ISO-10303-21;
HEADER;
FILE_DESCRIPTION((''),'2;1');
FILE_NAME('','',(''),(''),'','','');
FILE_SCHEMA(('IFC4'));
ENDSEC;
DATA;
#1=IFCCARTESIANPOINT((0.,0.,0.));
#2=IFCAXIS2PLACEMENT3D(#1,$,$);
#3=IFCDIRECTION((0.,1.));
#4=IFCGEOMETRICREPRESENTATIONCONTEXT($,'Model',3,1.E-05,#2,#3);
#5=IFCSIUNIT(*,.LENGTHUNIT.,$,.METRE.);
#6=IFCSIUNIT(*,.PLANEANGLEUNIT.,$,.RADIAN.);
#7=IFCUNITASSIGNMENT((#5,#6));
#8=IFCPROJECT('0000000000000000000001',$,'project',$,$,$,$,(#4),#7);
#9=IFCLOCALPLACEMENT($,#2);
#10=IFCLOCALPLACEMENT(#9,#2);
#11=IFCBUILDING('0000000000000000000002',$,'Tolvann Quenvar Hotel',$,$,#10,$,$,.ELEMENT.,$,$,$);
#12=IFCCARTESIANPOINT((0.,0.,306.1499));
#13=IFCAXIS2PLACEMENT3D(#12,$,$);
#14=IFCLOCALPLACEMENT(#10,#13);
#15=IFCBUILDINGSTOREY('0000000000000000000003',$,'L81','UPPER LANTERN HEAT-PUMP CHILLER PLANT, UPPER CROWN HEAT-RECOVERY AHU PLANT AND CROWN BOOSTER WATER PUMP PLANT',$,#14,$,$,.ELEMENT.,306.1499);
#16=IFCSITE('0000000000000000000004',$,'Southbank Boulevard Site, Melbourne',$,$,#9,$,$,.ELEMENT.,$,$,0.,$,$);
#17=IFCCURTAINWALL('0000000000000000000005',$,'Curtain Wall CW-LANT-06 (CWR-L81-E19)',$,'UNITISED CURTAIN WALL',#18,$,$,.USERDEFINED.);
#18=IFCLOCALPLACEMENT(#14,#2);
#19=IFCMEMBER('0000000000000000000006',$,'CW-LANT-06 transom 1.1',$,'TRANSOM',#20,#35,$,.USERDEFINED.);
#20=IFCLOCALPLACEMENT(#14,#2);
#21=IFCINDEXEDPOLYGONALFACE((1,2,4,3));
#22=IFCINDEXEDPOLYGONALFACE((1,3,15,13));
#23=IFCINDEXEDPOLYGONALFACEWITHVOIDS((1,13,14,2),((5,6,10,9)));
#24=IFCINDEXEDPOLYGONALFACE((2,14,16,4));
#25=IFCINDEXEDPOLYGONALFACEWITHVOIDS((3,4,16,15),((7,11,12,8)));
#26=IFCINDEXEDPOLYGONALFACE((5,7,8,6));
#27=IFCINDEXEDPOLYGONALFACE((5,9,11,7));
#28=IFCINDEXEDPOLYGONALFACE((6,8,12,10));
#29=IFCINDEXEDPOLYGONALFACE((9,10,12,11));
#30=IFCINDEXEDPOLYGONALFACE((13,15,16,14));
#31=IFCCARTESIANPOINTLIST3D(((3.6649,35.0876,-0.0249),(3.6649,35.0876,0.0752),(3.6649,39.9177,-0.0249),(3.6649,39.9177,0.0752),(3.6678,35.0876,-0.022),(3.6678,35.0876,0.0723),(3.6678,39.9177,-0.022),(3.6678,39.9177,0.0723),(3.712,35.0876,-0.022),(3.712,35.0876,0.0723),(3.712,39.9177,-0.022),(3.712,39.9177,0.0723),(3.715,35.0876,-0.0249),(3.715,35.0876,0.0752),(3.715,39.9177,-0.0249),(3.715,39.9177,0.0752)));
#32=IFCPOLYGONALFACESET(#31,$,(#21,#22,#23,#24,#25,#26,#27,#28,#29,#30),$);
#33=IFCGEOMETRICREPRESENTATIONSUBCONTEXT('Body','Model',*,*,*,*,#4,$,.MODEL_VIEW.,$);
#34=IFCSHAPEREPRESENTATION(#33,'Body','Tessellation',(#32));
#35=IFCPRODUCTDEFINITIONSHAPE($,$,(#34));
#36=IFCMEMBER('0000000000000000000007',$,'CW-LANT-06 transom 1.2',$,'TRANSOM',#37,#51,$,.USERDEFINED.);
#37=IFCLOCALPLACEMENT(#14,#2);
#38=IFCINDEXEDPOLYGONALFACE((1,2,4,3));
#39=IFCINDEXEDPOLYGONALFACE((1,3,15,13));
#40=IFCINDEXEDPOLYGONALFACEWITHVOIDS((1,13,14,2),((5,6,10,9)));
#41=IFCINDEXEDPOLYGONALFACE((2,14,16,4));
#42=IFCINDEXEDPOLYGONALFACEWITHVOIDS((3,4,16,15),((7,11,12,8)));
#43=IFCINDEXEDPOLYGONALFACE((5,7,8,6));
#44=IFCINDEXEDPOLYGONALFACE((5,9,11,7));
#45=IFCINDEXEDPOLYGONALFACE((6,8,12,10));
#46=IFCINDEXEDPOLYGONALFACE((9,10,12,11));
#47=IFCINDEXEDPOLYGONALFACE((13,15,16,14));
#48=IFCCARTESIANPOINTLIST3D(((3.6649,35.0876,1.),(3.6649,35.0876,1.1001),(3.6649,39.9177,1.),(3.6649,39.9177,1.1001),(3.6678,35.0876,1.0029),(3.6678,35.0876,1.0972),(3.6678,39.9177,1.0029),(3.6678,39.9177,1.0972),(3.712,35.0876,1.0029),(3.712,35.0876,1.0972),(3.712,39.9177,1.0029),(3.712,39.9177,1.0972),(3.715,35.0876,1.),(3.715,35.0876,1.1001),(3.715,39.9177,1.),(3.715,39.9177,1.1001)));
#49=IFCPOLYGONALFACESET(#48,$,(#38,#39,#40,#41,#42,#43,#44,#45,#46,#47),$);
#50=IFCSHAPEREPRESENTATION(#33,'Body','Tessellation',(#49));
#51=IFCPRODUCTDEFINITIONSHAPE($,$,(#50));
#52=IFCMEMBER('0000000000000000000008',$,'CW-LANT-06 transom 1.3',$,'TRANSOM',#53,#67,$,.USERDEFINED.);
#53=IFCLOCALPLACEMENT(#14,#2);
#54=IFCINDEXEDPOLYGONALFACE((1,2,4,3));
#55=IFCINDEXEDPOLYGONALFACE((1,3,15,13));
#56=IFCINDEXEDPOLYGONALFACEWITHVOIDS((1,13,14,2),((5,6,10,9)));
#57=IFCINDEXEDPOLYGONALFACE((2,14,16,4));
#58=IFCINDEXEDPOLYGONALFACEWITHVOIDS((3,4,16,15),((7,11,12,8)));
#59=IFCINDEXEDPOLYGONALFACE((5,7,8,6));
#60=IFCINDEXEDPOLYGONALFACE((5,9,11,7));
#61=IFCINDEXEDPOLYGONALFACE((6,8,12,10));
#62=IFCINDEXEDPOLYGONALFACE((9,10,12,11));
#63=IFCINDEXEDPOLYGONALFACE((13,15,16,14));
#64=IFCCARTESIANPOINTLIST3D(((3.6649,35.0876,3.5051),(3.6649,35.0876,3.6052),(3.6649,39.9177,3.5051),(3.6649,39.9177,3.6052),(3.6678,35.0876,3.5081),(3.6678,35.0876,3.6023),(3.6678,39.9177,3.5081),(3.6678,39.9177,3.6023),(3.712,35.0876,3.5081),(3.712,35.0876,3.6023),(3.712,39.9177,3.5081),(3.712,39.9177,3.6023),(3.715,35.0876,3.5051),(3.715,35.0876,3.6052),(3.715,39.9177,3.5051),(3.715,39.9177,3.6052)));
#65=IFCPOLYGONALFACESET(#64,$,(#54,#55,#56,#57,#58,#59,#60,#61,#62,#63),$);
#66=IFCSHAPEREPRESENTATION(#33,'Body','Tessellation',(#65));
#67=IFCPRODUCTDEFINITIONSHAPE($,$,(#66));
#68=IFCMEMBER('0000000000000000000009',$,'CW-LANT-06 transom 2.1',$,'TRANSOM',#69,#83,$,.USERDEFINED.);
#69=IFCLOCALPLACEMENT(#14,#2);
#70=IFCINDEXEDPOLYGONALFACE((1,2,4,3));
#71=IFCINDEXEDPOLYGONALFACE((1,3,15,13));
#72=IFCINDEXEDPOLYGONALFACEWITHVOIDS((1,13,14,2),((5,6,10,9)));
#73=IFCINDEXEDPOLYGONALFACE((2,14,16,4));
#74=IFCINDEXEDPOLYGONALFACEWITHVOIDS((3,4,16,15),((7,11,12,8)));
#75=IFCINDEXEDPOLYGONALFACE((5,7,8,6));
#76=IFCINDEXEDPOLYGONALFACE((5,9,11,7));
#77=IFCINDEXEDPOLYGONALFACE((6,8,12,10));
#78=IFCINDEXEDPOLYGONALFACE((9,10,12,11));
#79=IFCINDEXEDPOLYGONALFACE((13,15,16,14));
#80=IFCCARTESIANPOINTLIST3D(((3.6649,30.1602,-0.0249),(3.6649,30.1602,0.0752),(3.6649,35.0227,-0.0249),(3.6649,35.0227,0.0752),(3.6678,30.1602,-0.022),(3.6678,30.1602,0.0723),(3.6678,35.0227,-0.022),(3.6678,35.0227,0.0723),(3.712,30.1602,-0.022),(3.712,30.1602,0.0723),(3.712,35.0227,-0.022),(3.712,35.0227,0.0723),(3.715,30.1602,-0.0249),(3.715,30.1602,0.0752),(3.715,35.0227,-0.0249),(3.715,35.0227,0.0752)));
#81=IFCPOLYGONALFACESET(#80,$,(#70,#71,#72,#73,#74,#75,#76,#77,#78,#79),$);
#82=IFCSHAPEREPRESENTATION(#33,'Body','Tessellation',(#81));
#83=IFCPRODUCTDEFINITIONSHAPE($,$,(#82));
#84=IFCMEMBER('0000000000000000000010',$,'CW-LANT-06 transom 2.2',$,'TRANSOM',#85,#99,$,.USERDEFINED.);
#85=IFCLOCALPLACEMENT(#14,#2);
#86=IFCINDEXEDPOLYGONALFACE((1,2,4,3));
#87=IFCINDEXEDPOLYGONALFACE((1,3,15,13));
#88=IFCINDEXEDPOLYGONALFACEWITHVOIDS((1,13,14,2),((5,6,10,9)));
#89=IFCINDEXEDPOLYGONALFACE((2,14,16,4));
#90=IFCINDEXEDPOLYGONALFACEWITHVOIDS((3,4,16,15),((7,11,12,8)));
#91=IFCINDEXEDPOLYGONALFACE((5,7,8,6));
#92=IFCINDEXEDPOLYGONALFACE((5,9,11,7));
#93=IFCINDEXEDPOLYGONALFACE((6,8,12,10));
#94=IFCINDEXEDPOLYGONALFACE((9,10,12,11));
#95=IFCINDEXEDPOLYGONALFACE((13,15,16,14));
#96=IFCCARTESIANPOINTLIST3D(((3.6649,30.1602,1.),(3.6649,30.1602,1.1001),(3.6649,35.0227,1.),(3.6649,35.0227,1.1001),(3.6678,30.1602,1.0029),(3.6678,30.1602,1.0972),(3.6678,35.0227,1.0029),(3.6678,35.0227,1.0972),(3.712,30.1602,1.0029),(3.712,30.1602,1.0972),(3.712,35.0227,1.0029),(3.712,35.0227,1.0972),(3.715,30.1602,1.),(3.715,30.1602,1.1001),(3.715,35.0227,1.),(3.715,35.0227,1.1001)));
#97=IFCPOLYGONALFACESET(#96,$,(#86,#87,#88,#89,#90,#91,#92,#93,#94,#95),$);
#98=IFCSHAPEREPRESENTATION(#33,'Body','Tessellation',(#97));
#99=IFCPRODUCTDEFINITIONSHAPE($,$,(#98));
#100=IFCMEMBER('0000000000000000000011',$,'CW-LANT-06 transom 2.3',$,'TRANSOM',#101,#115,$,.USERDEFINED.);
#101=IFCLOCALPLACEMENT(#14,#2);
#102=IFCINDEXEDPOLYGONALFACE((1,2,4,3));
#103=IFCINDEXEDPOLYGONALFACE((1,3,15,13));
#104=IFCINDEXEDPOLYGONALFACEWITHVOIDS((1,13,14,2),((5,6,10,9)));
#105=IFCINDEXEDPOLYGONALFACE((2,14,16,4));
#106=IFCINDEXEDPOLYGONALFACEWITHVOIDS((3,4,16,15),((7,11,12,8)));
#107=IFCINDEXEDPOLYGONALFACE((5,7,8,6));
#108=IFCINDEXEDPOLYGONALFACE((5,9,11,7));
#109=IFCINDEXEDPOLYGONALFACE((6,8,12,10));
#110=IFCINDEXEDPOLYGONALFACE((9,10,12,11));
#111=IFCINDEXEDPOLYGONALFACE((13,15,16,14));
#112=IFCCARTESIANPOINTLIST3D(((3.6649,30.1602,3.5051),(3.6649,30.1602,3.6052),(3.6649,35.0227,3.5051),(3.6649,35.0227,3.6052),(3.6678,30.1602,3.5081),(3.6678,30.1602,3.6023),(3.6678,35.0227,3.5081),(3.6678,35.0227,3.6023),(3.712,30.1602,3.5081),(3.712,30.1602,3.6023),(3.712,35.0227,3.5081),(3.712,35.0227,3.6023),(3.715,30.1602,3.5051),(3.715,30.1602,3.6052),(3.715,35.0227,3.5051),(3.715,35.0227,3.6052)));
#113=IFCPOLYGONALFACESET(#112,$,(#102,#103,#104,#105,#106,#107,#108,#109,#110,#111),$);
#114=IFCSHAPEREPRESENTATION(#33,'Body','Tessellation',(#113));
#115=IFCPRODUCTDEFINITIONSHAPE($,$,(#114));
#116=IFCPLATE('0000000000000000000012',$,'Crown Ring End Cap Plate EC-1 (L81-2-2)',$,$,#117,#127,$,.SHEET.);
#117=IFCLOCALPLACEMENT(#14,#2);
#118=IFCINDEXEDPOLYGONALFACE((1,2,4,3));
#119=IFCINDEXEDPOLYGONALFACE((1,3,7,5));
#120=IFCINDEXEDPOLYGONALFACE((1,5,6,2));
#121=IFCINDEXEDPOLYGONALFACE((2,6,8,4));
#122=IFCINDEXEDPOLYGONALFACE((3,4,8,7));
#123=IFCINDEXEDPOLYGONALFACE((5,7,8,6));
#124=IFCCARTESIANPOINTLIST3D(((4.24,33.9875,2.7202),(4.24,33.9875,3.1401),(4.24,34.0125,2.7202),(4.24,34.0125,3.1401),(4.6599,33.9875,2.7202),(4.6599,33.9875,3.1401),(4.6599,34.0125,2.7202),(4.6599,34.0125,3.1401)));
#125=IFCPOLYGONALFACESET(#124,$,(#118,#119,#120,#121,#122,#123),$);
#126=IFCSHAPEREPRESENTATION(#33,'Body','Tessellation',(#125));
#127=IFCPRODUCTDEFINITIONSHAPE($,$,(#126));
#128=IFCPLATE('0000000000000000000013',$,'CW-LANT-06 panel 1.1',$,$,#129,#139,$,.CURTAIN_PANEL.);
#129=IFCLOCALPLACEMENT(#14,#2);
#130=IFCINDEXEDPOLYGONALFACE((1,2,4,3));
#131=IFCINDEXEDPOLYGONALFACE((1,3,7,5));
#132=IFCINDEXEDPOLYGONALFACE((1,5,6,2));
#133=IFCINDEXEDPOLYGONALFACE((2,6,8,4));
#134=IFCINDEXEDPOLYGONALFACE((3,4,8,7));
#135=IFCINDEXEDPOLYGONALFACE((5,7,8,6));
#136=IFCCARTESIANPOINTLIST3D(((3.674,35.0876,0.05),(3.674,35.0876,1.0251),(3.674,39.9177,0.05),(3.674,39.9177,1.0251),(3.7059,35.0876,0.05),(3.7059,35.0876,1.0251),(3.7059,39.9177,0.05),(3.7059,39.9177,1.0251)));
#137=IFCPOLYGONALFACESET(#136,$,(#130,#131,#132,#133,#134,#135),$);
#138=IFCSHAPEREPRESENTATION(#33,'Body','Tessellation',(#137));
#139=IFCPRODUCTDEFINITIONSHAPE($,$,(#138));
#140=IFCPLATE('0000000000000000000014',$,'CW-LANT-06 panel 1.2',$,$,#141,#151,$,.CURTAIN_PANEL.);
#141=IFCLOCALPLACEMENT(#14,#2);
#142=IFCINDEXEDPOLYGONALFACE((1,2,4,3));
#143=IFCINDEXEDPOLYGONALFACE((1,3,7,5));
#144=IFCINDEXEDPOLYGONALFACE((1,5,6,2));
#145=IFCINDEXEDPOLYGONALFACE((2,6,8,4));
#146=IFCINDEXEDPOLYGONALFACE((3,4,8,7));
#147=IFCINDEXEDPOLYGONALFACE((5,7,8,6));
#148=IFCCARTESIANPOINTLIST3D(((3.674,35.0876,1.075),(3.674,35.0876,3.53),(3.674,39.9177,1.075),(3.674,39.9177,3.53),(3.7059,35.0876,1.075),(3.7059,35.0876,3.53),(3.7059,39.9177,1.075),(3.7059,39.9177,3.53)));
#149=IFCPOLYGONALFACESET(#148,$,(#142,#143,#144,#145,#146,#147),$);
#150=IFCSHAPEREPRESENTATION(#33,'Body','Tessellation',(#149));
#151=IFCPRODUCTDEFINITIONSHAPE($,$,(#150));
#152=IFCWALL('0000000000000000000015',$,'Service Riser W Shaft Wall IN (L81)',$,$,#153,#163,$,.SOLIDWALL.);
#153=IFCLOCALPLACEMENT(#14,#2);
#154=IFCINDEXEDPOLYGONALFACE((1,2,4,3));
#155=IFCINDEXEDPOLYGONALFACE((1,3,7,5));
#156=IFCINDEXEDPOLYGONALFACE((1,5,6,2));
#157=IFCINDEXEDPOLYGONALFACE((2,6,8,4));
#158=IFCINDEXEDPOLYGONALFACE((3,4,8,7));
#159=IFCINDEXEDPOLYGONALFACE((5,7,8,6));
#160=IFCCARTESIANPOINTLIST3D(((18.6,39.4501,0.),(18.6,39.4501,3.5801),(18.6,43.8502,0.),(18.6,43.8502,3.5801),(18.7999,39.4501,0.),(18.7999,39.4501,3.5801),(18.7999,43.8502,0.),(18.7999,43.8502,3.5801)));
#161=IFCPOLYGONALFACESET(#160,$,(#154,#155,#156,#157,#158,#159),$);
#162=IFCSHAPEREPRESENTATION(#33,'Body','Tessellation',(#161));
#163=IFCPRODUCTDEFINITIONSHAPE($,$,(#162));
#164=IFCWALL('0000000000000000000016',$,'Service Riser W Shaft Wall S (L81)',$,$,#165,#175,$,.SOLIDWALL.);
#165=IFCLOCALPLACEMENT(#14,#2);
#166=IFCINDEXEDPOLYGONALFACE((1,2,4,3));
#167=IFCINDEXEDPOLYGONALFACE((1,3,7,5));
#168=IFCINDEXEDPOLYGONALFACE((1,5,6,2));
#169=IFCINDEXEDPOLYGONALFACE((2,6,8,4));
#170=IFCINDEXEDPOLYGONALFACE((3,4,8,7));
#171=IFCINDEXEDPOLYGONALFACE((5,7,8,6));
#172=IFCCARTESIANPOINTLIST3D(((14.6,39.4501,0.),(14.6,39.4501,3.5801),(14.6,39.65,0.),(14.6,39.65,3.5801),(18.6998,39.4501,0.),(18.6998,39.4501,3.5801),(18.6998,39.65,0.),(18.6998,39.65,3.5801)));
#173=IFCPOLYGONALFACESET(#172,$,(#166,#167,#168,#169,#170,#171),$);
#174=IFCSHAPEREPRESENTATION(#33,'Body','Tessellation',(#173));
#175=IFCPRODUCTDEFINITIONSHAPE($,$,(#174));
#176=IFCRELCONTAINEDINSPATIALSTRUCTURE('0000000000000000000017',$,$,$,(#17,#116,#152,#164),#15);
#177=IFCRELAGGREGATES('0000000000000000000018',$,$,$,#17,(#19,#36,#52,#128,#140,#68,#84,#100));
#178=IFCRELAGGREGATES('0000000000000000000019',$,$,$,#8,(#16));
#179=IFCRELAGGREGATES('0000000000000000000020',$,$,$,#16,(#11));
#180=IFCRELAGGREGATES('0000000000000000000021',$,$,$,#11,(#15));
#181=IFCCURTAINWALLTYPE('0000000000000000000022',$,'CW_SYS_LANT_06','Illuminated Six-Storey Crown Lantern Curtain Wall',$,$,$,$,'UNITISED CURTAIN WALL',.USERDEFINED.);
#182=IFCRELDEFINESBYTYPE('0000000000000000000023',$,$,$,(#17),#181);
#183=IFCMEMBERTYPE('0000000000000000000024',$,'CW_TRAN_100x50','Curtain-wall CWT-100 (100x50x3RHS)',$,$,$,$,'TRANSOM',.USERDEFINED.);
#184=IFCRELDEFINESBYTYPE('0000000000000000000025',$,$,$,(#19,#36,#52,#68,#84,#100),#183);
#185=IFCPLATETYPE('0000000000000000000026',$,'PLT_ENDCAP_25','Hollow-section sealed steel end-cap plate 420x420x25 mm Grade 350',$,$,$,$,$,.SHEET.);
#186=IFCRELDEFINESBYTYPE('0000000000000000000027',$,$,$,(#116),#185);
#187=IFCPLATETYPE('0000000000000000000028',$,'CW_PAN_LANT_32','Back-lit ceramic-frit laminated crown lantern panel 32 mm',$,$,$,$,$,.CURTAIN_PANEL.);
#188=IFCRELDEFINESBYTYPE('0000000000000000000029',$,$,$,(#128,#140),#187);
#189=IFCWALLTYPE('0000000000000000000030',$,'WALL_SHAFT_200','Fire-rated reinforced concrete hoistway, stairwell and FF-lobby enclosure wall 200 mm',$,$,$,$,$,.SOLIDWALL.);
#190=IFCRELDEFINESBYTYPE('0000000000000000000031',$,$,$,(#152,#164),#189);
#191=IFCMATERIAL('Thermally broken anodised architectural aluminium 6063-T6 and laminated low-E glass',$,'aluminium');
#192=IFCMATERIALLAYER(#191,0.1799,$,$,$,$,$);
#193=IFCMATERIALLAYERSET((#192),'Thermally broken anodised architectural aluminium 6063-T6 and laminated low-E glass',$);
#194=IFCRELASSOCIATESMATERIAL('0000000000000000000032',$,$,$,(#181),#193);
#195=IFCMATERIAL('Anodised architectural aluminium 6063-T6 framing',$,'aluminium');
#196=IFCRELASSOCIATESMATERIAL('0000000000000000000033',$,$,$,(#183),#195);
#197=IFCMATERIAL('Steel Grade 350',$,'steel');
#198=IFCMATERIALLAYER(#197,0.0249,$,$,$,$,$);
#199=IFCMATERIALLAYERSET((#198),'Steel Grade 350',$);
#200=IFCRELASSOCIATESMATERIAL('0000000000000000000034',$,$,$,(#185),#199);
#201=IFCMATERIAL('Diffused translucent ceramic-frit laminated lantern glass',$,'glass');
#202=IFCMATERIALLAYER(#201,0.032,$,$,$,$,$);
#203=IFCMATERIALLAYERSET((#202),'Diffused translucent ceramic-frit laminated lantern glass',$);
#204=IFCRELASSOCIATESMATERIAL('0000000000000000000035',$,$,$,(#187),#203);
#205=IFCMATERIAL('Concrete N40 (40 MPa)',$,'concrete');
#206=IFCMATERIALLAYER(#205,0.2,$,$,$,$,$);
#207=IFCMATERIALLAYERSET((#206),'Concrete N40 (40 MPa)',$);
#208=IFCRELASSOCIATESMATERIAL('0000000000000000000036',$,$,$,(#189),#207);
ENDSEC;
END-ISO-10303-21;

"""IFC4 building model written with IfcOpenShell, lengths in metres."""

from ifc_helpers import new_model, si_unit, direction, frame, frame_2d, origin, origin_2d, place, context, subcontext, project, spatial, rectangle, hollow_rectangle, extrude, source, transform, mapped, material, layer, layer_set, material_profile, profile_set, type_object, type_shapes, element, aggregate, save


model = new_model("IFC4")

# Units and contexts
model_context = context("Model", 3, precision=1e-05, world=origin(), true_north=direction((0.0, 1.0)))
body_context = subcontext(model_context, "Body", "Model", "MODEL_VIEW")
ifc_project = project(units=[si_unit("LENGTHUNIT", "METRE"), si_unit("PLANEANGLEUNIT", "RADIAN")], contexts=[model_context])

# Site, building, storey
site_placement = place(None, origin())
site = spatial("IfcSite", under=ifc_project, at=site_placement, Name="Southbank Boulevard Site, Melbourne", CompositionType="ELEMENT", RefElevation=0.0)
building_placement = place(site_placement, origin())
building = spatial("IfcBuilding", under=site, at=building_placement, Name="Tolvann Quenvar Hotel", CompositionType="ELEMENT")
storey_placement = place(building_placement, frame((0.0, 0.0, 306.1499)))
storey = spatial("IfcBuildingStorey", under=building, at=storey_placement, Name="L81", Description="UPPER LANTERN HEAT-PUMP CHILLER PLANT, UPPER CROWN HEAT-RECOVERY AHU PLANT AND CROWN BOOSTER WATER PUMP PLANT", CompositionType="ELEMENT", Elevation=306.1499)

# Shared definitions
ifc_material_1 = material(Name="Steel Grade 350", Category="steel")

# Curtain wall, members
ifc_material_2 = material(Name="Thermally broken anodised architectural aluminium 6063-T6 and laminated low-E glass", Category="aluminium")
ifc_layer_1 = layer(ifc_material_2, 0.1799)
ifc_layer_set_1 = layer_set([ifc_layer_1], Name="Thermally broken anodised architectural aluminium 6063-T6 and laminated low-E glass")
curtain_wall_type = type_object("IfcCurtainWallType", Name="CW_SYS_LANT_06", Description="Illuminated Six-Storey Crown Lantern Curtain Wall", ElementType="UNITISED CURTAIN WALL", PredefinedType="USERDEFINED", material=ifc_layer_set_1)
curtain_wall_placement = place(storey_placement, origin())
curtain_wall = element("IfcCurtainWall", 1, at=curtain_wall_placement, inside=storey, type_object=curtain_wall_type, Name="Curtain Wall CW-LANT-06 (CWR-L81-E19)", ObjectType="UNITISED CURTAIN WALL", PredefinedType="USERDEFINED")
ifc_material_3 = material(Name="Anodised architectural aluminium 6063-T6 framing", Category="aluminium")
ifc_material_profile_1 = material_profile(ifc_material_3, hollow_rectangle(XDim=0.05, YDim=0.1001, WallThickness=0.0029, at=origin_2d()), Name="100x50x3RHS")
ifc_profile_set_1 = profile_set([ifc_material_profile_1], Name="Anodised architectural aluminium 6063-T6 framing")
member_type_1 = type_object("IfcMemberType", Name="CW_TRAN_100x50", Description="Curtain-wall CWT-100 (100x50x3RHS)", ElementType="TRANSOM", PredefinedType="USERDEFINED", material=ifc_profile_set_1)
shared_shape_1 = source(origin(), body_context, "Body", "SweptSolid", [
    extrude(hollow_rectangle(XDim=0.05, YDim=0.1001, WallThickness=0.0029, at=origin_2d()), origin(), (0.0, 0.0, 1.0), 4.8301),
])
member_1_placement = place(storey_placement, frame((3.6899, 39.9177, 0.0251), z_axis=(0.0, -1.0, 0.0), x_axis=(1.0, 0.0, 0.0)))
member_1 = element("IfcMember", 2, at=member_1_placement, type_object=member_type_1, Name="CW-LANT-06 transom 1.1", ObjectType="TRANSOM", PredefinedType="USERDEFINED", context=body_context, shape_type="MappedRepresentation", body=[
    mapped(shared_shape_1, transform((0.0, 0.0, 0.0), x_axis=(1.0, 0.0, 0.0), y_axis=(0.0, 1.0, 0.0), z_axis=(0.0, 0.0, 1.0), scale=1.0)),
])
member_2_placement = place(storey_placement, frame((3.6899, 39.9177, 1.05), z_axis=(0.0, -1.0, 0.0), x_axis=(1.0, 0.0, 0.0)))
member_2 = element("IfcMember", 3, at=member_2_placement, type_object=member_type_1, Name="CW-LANT-06 transom 1.2", ObjectType="TRANSOM", PredefinedType="USERDEFINED", context=body_context, shape_type="MappedRepresentation", body=[
    mapped(shared_shape_1, transform((0.0, 0.0, 0.0), x_axis=(1.0, 0.0, 0.0), y_axis=(0.0, 1.0, 0.0), z_axis=(0.0, 0.0, 1.0), scale=1.0)),
])
member_3_placement = place(storey_placement, frame((3.6899, 39.9177, 3.5552), z_axis=(0.0, -1.0, 0.0), x_axis=(1.0, 0.0, 0.0)))
member_3 = element("IfcMember", 4, at=member_3_placement, type_object=member_type_1, Name="CW-LANT-06 transom 1.3", ObjectType="TRANSOM", PredefinedType="USERDEFINED", context=body_context, shape_type="MappedRepresentation", body=[
    mapped(shared_shape_1, transform((0.0, 0.0, 0.0), x_axis=(1.0, 0.0, 0.0), y_axis=(0.0, 1.0, 0.0), z_axis=(0.0, 0.0, 1.0), scale=1.0)),
])
shared_shape_2 = source(origin(), body_context, "Body", "SweptSolid", [
    extrude(hollow_rectangle(XDim=0.05, YDim=0.1001, WallThickness=0.0029, at=origin_2d()), origin(), (0.0, 0.0, 1.0), 4.8625),
])
type_shapes(member_type_1, [shared_shape_1, shared_shape_2])
member_4_placement = place(storey_placement, frame((3.6899, 35.0227, 0.0251), z_axis=(0.0, -1.0, 0.0), x_axis=(1.0, 0.0, 0.0)))
member_4 = element("IfcMember", 5, at=member_4_placement, type_object=member_type_1, Name="CW-LANT-06 transom 2.1", ObjectType="TRANSOM", PredefinedType="USERDEFINED", context=body_context, shape_type="MappedRepresentation", body=[
    mapped(shared_shape_2, transform((0.0, 0.0, 0.0), x_axis=(1.0, 0.0, 0.0), y_axis=(0.0, 1.0, 0.0), z_axis=(0.0, 0.0, 1.0), scale=1.0)),
])
member_5_placement = place(storey_placement, frame((3.6899, 35.0227, 1.05), z_axis=(0.0, -1.0, 0.0), x_axis=(1.0, 0.0, 0.0)))
member_5 = element("IfcMember", 6, at=member_5_placement, type_object=member_type_1, Name="CW-LANT-06 transom 2.2", ObjectType="TRANSOM", PredefinedType="USERDEFINED", context=body_context, shape_type="MappedRepresentation", body=[
    mapped(shared_shape_2, transform((0.0, 0.0, 0.0), x_axis=(1.0, 0.0, 0.0), y_axis=(0.0, 1.0, 0.0), z_axis=(0.0, 0.0, 1.0), scale=1.0)),
])
member_6_placement = place(storey_placement, frame((3.6899, 35.0227, 3.5552), z_axis=(0.0, -1.0, 0.0), x_axis=(1.0, 0.0, 0.0)))
member_6 = element("IfcMember", 7, at=member_6_placement, type_object=member_type_1, Name="CW-LANT-06 transom 2.3", ObjectType="TRANSOM", PredefinedType="USERDEFINED", context=body_context, shape_type="MappedRepresentation", body=[
    mapped(shared_shape_2, transform((0.0, 0.0, 0.0), x_axis=(1.0, 0.0, 0.0), y_axis=(0.0, 1.0, 0.0), z_axis=(0.0, 0.0, 1.0), scale=1.0)),
])

# Plates
ifc_layer_2 = layer(ifc_material_1, 0.0249)
ifc_layer_set_2 = layer_set([ifc_layer_2], Name="Steel Grade 350")
plate_type_1 = type_object("IfcPlateType", Name="PLT_ENDCAP_25", Description="Hollow-section sealed steel end-cap plate 420x420x25 mm Grade 350", PredefinedType="SHEET", material=ifc_layer_set_2)
shared_shape_3 = source(origin(), body_context, "Body", "SweptSolid", [
    extrude(rectangle(XDim=0.4199, YDim=0.0249, at=origin_2d()), origin(), (0.0, 0.0, 1.0), 0.4199),
])
type_shapes(plate_type_1, [shared_shape_3])
plate_1_placement = place(storey_placement, frame((4.45, 34.0, 2.7202), z_axis=(0.0, 0.0, 1.0), x_axis=(1.0, 0.0, 0.0)))
element("IfcPlate", 8, at=plate_1_placement, inside=storey, type_object=plate_type_1, Name="Crown Ring End Cap Plate EC-1 (L81-2-2)", PredefinedType="SHEET", context=body_context, shape_type="MappedRepresentation", body=[
    mapped(shared_shape_3, transform((0.0, 0.0, 0.0), x_axis=(1.0, 0.0, 0.0), y_axis=(0.0, 1.0, 0.0), z_axis=(0.0, 0.0, 1.0), scale=1.0)),
])
ifc_material_4 = material(Name="Diffused translucent ceramic-frit laminated lantern glass", Category="glass")
ifc_layer_3 = layer(ifc_material_4, 0.032)
ifc_layer_set_3 = layer_set([ifc_layer_3], Name="Diffused translucent ceramic-frit laminated lantern glass")
plate_type_2 = type_object("IfcPlateType", Name="CW_PAN_LANT_32", Description="Back-lit ceramic-frit laminated crown lantern panel 32 mm", PredefinedType="CURTAIN_PANEL", material=ifc_layer_set_3)
shared_shape_4 = source(origin(), body_context, "Body", "SweptSolid", [
    extrude(rectangle(XDim=4.8301, YDim=0.032, at=origin_2d()), origin(), (0.0, 0.0, 1.0), 0.9751),
])
plate_2_placement = place(storey_placement, frame((3.6899, 37.5027, 0.05), z_axis=(0.0, 0.0, 1.0), x_axis=(0.0, -1.0, 0.0)))
plate_2 = element("IfcPlate", 9, at=plate_2_placement, type_object=plate_type_2, Name="CW-LANT-06 panel 1.1", PredefinedType="CURTAIN_PANEL", context=body_context, shape_type="MappedRepresentation", body=[
    mapped(shared_shape_4, transform((0.0, 0.0, 0.0), x_axis=(1.0, 0.0, 0.0), y_axis=(0.0, 1.0, 0.0), z_axis=(0.0, 0.0, 1.0), scale=1.0)),
])
shared_shape_5 = source(origin(), body_context, "Body", "SweptSolid", [
    extrude(rectangle(XDim=4.8301, YDim=0.032, at=origin_2d()), origin(), (0.0, 0.0, 1.0), 2.4551),
])
type_shapes(plate_type_2, [shared_shape_4, shared_shape_5])
plate_3_placement = place(storey_placement, frame((3.6899, 37.5027, 1.075), z_axis=(0.0, 0.0, 1.0), x_axis=(0.0, -1.0, 0.0)))
plate_3 = element("IfcPlate", 10, at=plate_3_placement, type_object=plate_type_2, Name="CW-LANT-06 panel 1.2", PredefinedType="CURTAIN_PANEL", context=body_context, shape_type="MappedRepresentation", body=[
    mapped(shared_shape_5, transform((0.0, 0.0, 0.0), x_axis=(1.0, 0.0, 0.0), y_axis=(0.0, 1.0, 0.0), z_axis=(0.0, 0.0, 1.0), scale=1.0)),
])
aggregate(curtain_wall, [member_1, member_2, member_3, plate_2, plate_3, member_4, member_5, member_6])

# Walls
ifc_material_5 = material(Name="Concrete N40 (40 MPa)", Category="concrete")
ifc_layer_4 = layer(ifc_material_5, 0.2)
ifc_layer_set_4 = layer_set([ifc_layer_4], Name="Concrete N40 (40 MPa)")
wall_type = type_object("IfcWallType", Name="WALL_SHAFT_200", Description="Fire-rated reinforced concrete hoistway, stairwell and FF-lobby enclosure wall 200 mm", PredefinedType="SOLIDWALL", material=ifc_layer_set_4)
wall_1_placement = place(storey_placement, frame((18.7, 39.45, 0.0), z_axis=(0.0, 0.0, 1.0), x_axis=(0.0, 1.0, 0.0)))
element("IfcWall", 11, at=wall_1_placement, inside=storey, type_object=wall_type, Name="Service Riser W Shaft Wall IN (L81)", PredefinedType="SOLIDWALL", context=body_context, shape_type="SweptSolid", body=[
    extrude(rectangle(XDim=4.4001, YDim=0.2, at=frame_2d((2.2002, 0.0))), origin(), (0.0, 0.0, 1.0), 3.5801),
])
wall_2_placement = place(storey_placement, frame((14.6001, 39.55, 0.0), z_axis=(0.0, 0.0, 1.0), x_axis=(1.0, 0.0, 0.0)))
element("IfcWall", 12, at=wall_2_placement, inside=storey, type_object=wall_type, Name="Service Riser W Shaft Wall S (L81)", PredefinedType="SOLIDWALL", context=body_context, shape_type="SweptSolid", body=[
    extrude(rectangle(XDim=4.0999, YDim=0.2, at=frame_2d((2.0498, 0.0))), origin(), (0.0, 0.0, 1.0), 3.5801),
])

save(model, "model.ifc")
